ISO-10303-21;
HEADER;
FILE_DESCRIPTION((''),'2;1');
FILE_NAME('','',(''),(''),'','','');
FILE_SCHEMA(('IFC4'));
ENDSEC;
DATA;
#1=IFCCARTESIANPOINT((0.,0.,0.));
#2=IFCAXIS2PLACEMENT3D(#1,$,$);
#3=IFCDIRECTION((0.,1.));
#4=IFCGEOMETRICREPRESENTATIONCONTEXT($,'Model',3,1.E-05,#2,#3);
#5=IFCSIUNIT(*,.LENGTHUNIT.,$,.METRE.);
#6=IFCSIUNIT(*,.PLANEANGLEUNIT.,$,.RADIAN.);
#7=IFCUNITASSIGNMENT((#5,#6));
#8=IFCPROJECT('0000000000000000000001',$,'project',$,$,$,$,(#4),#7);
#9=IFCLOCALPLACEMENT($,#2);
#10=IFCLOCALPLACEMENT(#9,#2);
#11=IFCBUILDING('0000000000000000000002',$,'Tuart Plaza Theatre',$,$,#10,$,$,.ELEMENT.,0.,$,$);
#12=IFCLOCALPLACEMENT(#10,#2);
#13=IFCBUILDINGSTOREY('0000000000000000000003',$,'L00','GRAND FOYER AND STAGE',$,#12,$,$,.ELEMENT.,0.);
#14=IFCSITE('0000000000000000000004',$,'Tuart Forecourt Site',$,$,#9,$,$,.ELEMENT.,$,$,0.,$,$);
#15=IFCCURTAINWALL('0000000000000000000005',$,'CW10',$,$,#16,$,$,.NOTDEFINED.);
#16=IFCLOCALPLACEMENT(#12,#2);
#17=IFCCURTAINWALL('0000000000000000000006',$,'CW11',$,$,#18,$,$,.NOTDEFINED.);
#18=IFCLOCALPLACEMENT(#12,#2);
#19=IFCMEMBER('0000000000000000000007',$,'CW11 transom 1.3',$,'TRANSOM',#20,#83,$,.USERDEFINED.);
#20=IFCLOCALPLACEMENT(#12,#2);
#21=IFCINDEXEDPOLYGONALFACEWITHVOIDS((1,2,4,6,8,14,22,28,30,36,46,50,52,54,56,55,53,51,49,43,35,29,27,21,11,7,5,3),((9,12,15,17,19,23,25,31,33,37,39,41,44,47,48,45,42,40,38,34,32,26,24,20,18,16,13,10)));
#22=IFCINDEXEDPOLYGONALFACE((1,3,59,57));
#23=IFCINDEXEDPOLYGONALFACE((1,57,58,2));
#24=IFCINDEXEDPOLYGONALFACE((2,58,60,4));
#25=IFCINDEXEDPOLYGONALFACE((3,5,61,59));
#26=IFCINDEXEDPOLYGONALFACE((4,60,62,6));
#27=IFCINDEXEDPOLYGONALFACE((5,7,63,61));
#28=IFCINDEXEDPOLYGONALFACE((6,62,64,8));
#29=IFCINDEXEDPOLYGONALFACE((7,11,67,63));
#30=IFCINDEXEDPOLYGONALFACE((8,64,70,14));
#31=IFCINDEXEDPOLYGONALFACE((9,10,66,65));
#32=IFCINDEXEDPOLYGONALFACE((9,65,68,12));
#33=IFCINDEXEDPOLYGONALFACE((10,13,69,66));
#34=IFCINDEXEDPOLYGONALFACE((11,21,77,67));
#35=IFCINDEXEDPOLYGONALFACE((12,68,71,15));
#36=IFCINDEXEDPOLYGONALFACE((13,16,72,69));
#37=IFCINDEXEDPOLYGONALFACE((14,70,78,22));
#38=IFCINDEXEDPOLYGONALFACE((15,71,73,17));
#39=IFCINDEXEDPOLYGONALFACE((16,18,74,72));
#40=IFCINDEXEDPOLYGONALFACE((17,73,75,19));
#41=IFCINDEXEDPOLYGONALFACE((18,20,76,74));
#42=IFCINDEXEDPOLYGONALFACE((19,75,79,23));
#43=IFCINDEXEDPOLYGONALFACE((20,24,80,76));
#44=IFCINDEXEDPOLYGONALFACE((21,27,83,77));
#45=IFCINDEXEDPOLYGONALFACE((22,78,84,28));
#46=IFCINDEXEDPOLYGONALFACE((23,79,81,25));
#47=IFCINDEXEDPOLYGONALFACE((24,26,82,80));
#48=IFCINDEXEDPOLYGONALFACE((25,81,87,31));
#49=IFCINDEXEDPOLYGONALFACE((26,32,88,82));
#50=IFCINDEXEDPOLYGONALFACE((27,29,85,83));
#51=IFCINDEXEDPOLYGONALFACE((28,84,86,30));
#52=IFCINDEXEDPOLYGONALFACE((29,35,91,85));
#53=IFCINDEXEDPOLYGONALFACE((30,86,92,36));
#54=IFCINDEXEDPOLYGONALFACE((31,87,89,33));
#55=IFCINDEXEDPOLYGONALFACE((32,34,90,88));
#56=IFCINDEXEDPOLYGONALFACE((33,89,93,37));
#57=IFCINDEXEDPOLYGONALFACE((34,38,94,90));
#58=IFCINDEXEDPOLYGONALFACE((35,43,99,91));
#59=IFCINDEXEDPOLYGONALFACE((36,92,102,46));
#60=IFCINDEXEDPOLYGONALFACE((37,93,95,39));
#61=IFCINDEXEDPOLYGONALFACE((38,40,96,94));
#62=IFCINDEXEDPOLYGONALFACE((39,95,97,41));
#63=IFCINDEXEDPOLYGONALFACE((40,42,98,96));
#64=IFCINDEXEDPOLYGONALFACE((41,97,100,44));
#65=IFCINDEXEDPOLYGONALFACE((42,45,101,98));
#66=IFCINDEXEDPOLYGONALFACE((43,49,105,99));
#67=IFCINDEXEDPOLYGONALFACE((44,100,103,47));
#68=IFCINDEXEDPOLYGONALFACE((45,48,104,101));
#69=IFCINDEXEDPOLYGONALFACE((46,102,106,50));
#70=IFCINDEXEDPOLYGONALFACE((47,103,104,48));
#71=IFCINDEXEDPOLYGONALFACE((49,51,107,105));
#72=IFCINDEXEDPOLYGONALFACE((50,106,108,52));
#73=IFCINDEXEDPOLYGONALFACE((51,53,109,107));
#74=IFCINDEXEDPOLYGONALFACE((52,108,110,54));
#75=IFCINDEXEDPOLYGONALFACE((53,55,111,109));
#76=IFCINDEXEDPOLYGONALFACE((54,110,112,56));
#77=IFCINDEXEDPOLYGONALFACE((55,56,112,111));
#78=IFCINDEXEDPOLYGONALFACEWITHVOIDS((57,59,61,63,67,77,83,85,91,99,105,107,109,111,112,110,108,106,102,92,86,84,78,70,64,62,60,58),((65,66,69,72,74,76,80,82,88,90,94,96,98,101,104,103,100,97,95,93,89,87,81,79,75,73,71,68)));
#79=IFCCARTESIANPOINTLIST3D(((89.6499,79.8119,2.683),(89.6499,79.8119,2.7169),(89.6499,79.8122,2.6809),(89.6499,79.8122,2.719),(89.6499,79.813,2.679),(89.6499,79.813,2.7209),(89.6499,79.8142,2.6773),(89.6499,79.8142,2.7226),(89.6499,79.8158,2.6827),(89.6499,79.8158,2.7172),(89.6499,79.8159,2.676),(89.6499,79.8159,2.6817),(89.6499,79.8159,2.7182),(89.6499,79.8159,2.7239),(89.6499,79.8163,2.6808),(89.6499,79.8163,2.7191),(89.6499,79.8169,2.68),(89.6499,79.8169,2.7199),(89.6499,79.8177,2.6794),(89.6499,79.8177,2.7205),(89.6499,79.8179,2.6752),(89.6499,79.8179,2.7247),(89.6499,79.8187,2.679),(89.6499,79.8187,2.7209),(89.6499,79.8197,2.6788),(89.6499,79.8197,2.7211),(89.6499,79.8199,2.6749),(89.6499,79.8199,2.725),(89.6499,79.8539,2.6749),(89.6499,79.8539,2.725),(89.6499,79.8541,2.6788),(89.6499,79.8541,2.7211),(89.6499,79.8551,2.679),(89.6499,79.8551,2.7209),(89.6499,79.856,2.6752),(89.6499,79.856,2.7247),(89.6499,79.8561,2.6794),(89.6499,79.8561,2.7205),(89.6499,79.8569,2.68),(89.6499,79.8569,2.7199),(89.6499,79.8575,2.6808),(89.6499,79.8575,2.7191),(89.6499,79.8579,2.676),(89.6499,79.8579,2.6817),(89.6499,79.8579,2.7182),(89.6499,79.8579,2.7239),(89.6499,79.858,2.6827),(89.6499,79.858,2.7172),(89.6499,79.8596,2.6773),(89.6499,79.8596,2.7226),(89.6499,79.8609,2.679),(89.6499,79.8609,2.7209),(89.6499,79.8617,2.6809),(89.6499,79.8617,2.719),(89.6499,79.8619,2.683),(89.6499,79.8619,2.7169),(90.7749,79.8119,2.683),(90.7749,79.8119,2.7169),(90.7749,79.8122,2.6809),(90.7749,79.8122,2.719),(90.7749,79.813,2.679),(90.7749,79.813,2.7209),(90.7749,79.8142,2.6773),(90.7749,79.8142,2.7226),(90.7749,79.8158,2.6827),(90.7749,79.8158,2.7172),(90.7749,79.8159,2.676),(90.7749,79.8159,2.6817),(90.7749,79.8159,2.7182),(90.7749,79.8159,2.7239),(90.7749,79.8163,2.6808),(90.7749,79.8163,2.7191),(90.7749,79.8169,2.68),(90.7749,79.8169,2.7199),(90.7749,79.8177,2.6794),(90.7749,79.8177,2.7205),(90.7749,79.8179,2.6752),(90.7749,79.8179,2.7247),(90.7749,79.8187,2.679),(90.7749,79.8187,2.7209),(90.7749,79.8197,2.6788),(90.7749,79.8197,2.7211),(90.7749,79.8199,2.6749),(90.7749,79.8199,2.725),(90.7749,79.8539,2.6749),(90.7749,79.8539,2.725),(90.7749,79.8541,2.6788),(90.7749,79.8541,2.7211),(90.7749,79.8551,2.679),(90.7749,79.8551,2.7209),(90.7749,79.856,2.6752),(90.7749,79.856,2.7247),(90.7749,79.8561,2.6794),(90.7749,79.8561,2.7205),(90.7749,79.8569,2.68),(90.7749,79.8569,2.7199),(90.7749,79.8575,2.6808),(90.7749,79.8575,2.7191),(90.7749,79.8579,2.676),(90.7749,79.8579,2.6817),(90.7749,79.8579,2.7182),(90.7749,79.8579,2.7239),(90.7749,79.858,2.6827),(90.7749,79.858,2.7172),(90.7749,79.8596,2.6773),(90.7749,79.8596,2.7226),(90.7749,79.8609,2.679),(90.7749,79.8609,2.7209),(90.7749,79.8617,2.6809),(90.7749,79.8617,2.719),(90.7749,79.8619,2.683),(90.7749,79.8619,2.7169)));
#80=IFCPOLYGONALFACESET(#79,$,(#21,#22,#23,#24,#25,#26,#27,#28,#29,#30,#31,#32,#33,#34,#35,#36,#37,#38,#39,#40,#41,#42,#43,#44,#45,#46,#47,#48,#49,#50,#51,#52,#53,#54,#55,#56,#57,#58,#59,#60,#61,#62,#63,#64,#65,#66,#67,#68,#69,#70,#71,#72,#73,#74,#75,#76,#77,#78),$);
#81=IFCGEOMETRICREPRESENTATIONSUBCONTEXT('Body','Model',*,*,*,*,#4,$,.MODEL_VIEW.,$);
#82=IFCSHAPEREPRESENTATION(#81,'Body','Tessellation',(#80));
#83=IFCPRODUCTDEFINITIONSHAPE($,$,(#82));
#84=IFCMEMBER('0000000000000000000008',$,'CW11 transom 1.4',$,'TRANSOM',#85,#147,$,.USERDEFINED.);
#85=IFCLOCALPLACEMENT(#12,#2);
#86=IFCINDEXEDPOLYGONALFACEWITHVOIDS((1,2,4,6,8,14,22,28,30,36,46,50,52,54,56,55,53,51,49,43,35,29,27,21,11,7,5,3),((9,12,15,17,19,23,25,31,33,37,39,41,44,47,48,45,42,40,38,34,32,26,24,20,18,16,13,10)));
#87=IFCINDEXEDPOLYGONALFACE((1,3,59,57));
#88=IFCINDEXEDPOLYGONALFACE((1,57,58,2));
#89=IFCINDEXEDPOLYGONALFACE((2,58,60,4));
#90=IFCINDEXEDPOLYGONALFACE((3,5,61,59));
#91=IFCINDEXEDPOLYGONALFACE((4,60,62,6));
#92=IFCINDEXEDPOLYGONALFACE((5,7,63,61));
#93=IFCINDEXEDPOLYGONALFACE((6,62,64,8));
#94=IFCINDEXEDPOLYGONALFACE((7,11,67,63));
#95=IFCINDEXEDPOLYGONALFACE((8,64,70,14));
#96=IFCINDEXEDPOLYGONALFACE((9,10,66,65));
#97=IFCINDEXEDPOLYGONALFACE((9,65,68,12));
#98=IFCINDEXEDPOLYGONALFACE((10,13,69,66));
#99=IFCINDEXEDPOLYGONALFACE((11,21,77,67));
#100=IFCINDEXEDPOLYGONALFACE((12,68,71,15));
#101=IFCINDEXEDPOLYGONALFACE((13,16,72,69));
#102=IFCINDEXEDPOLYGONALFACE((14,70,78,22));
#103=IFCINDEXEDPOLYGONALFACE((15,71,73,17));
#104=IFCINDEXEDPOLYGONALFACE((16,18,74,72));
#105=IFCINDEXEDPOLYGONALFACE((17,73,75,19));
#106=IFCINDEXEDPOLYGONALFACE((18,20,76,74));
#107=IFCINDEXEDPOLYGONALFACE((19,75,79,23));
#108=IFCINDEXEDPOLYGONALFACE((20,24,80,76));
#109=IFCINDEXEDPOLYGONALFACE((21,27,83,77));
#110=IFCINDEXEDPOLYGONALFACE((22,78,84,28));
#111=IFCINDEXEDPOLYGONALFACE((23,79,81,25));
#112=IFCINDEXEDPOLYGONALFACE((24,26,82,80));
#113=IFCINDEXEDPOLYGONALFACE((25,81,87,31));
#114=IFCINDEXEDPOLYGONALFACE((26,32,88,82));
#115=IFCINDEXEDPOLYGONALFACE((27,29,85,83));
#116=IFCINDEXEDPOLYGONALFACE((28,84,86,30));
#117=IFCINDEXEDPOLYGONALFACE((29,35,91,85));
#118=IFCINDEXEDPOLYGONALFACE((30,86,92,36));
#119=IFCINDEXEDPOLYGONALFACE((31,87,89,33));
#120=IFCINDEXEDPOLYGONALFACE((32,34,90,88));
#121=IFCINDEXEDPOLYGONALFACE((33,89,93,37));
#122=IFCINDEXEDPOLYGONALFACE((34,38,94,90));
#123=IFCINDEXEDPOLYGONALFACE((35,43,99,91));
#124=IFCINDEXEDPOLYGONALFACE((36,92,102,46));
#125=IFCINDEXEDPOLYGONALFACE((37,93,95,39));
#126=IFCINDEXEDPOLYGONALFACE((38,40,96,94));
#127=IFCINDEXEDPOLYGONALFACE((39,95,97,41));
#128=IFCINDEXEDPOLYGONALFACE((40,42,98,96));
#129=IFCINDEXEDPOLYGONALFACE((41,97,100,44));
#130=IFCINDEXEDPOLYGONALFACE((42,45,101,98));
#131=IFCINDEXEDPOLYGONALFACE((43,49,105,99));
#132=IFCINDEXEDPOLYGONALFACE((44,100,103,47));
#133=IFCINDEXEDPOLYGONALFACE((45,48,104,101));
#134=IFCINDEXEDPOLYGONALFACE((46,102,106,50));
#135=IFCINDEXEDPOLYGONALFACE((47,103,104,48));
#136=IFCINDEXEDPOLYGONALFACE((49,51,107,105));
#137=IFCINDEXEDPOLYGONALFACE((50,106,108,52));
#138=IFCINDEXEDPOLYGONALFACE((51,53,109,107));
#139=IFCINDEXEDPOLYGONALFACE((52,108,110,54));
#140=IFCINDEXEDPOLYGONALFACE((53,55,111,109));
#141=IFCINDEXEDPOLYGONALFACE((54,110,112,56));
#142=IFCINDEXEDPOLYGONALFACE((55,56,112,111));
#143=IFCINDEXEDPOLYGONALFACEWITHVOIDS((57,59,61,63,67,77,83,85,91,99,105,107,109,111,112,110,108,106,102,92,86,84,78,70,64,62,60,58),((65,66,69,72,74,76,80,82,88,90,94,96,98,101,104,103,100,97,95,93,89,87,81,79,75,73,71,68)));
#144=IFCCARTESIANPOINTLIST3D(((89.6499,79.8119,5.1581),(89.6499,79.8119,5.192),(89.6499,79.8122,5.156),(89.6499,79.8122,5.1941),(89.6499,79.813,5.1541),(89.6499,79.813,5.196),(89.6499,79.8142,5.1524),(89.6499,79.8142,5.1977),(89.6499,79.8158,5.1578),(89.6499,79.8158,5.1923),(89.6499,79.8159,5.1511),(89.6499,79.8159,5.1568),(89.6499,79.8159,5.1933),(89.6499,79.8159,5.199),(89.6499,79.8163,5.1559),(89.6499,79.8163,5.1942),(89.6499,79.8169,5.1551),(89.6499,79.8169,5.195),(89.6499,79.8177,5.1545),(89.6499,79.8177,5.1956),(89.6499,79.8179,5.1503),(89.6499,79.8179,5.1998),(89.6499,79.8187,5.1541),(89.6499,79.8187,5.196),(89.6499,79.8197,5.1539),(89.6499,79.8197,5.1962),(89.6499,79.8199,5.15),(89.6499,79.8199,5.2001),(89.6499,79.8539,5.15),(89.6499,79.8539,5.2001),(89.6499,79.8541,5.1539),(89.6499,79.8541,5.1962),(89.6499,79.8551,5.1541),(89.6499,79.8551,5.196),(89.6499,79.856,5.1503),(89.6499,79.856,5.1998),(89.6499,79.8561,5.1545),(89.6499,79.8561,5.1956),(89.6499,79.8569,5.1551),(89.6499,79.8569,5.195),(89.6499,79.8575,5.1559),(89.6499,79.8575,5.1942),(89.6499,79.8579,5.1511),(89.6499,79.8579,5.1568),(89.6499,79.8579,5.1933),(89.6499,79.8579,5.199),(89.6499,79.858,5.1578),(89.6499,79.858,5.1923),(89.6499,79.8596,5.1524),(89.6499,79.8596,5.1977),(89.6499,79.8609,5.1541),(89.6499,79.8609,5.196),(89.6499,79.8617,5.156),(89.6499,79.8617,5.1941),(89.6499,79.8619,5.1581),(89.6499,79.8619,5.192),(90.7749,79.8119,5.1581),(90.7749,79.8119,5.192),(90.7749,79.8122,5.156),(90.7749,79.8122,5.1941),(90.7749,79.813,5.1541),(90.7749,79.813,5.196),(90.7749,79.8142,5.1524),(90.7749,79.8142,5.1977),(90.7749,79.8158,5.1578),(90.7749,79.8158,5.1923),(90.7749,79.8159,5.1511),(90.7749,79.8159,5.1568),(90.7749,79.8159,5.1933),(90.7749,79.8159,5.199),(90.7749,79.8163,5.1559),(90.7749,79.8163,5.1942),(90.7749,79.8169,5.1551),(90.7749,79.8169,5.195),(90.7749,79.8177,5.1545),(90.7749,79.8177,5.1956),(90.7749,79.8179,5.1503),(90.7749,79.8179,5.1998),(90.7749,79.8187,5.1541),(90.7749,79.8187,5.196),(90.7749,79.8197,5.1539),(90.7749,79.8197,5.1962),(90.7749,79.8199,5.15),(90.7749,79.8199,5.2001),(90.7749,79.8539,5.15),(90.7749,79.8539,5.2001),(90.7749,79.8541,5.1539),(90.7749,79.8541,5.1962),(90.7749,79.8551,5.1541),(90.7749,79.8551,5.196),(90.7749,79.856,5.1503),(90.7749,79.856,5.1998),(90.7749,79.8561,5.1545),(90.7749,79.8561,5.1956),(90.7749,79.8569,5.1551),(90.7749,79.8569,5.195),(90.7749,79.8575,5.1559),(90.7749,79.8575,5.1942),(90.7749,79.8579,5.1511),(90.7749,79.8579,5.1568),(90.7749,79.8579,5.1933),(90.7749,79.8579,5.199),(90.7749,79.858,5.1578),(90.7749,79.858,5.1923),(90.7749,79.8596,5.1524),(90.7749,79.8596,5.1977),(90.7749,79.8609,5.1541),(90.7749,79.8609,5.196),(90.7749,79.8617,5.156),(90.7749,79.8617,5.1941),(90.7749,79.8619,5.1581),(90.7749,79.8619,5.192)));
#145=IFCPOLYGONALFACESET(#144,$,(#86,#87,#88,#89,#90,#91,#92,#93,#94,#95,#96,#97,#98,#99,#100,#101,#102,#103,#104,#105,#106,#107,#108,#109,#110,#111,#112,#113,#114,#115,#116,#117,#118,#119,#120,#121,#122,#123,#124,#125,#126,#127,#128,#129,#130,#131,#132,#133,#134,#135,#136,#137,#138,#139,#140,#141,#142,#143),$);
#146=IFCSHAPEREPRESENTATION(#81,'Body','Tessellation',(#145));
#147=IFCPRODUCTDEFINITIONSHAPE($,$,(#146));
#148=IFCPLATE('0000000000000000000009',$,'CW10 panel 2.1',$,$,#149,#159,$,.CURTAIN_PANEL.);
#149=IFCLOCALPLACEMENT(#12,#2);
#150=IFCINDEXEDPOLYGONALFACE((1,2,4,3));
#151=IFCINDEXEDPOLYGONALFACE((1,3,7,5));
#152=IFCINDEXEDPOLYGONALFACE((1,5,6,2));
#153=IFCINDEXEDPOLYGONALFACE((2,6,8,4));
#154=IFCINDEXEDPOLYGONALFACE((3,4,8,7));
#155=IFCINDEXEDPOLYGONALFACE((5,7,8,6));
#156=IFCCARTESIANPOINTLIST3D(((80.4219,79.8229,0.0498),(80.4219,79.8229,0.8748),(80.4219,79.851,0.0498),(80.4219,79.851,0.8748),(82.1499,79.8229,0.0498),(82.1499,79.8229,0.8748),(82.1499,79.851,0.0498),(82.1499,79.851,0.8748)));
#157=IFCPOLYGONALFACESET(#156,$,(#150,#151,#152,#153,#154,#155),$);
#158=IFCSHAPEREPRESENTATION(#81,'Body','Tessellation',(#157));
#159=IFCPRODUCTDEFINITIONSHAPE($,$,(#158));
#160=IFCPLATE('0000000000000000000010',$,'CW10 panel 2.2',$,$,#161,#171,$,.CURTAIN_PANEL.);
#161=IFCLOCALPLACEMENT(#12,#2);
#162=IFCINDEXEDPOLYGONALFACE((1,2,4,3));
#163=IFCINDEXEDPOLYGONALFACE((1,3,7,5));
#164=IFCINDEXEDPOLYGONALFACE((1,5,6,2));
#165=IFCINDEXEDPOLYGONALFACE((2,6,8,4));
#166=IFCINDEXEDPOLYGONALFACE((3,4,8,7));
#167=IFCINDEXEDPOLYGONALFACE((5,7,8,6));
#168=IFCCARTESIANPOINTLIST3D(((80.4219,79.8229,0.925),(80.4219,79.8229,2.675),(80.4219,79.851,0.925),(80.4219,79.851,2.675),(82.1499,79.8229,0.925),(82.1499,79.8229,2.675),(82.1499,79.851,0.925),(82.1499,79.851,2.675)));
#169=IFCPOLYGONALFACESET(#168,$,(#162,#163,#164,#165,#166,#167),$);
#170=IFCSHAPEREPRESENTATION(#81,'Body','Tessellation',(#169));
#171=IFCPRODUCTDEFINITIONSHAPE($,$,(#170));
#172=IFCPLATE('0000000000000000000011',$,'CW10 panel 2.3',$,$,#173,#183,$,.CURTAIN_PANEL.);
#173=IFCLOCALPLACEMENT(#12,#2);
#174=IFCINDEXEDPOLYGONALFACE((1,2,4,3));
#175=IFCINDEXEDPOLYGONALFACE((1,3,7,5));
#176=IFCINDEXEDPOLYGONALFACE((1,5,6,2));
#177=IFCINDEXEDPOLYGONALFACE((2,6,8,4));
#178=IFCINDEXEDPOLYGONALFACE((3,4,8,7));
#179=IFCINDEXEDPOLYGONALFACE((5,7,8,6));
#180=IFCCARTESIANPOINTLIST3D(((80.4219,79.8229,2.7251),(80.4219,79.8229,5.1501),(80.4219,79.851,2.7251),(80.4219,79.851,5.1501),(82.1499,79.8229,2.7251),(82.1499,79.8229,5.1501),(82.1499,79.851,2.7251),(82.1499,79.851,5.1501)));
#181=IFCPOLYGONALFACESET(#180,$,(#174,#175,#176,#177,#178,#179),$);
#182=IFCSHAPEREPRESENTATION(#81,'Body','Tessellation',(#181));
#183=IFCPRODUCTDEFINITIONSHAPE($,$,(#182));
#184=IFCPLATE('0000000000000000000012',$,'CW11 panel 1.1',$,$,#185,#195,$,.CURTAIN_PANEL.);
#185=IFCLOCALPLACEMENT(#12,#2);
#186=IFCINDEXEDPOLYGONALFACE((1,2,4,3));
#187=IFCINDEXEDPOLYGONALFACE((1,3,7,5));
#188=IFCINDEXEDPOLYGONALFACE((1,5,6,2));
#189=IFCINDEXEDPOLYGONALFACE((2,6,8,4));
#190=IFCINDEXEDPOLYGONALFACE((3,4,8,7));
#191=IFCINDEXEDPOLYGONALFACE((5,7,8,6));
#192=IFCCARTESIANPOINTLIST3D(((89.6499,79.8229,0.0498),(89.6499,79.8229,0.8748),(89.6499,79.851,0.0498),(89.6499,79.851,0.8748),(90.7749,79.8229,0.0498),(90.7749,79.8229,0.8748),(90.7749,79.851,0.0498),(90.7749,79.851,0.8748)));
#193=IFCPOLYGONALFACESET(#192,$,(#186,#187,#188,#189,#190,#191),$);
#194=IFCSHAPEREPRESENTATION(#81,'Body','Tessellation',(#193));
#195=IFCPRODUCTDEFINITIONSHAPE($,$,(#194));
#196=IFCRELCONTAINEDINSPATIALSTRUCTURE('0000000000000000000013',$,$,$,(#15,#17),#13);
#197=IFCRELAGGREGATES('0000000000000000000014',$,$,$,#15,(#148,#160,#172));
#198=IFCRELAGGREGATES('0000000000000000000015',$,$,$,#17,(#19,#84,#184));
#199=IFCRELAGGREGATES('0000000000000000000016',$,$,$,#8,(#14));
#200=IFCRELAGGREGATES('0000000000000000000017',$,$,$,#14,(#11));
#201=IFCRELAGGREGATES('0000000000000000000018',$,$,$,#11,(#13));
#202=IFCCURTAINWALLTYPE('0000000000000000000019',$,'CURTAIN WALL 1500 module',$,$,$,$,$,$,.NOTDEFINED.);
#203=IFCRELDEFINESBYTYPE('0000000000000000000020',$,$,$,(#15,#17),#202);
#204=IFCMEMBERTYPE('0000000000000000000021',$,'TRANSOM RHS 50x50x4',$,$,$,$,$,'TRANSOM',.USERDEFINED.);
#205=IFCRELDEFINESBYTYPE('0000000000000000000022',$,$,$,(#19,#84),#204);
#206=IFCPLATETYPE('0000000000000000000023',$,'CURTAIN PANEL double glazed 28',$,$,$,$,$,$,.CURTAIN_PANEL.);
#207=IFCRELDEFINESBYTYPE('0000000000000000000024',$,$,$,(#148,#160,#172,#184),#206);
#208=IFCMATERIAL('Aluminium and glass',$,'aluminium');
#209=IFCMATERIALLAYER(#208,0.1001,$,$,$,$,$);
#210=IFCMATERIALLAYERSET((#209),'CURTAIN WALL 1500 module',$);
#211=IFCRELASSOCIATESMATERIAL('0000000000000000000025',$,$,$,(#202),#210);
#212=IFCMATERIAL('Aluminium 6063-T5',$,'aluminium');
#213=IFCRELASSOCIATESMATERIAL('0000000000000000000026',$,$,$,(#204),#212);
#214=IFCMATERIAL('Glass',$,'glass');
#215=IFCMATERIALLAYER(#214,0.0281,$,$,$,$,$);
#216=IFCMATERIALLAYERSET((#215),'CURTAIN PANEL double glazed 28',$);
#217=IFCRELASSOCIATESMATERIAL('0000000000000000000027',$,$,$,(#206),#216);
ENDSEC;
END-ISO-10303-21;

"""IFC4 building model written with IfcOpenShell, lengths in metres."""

from ifc_helpers import new_model, si_unit, direction, frame, origin, origin_2d, place, context, subcontext, project, spatial, rectangle, hollow_rectangle, extrude, material, layer, layer_set, material_profile, profile_set, type_object, element, aggregate, save


model = new_model("IFC4")

# Units and contexts
model_context = context("Model", 3, precision=1e-05, world=origin(), true_north=direction((0.0, 1.0)))
body_context = subcontext(model_context, "Body", "Model", "MODEL_VIEW")
ifc_project = project(units=[si_unit("LENGTHUNIT", "METRE"), si_unit("PLANEANGLEUNIT", "RADIAN")], contexts=[model_context])

# Site, building, storey
site_placement = place(None, origin())
site = spatial("IfcSite", under=ifc_project, at=site_placement, Name="Tuart Forecourt Site", CompositionType="ELEMENT", RefElevation=0.0)
building_placement = place(site_placement, origin())
building = spatial("IfcBuilding", under=site, at=building_placement, Name="Tuart Plaza Theatre", CompositionType="ELEMENT", ElevationOfRefHeight=0.0)
storey_placement = place(building_placement, origin())
storey = spatial("IfcBuildingStorey", under=building, at=storey_placement, Name="L00", Description="GRAND FOYER AND STAGE", CompositionType="ELEMENT", Elevation=0.0)

# Curtain walls, members
ifc_material_1 = material(Name="Aluminium and glass", Category="aluminium")
ifc_layer_1 = layer(ifc_material_1, 0.1001)
ifc_layer_set_1 = layer_set([ifc_layer_1], Name="CURTAIN WALL 1500 module")
curtain_wall_type = type_object("IfcCurtainWallType", Name="CURTAIN WALL 1500 module", PredefinedType="NOTDEFINED", material=ifc_layer_set_1)
curtain_wall_1_placement = place(storey_placement, origin())
curtain_wall_1 = element("IfcCurtainWall", 1, at=curtain_wall_1_placement, inside=storey, type_object=curtain_wall_type, Name="CW10", PredefinedType="NOTDEFINED")
ifc_material_2 = material(Name="Aluminium 6063-T5", Category="aluminium")
ifc_material_profile = material_profile(ifc_material_2, hollow_rectangle(XDim=0.05, YDim=0.05, WallThickness=0.0039, InnerFilletRadius=0.0039, OuterFilletRadius=0.0081, at=origin_2d()), Name="RHS 50x50x4")
ifc_profile_set = profile_set([ifc_material_profile], Name="Aluminium 6063-T5")
member_type = type_object("IfcMemberType", Name="TRANSOM RHS 50x50x4", ElementType="TRANSOM", PredefinedType="USERDEFINED", material=ifc_profile_set)
curtain_wall_2_placement = place(storey_placement, origin())
curtain_wall_2 = element("IfcCurtainWall", 2, at=curtain_wall_2_placement, inside=storey, type_object=curtain_wall_type, Name="CW11", PredefinedType="NOTDEFINED")
member_1_placement = place(storey_placement, frame((89.6499, 79.8369, 2.7), z_axis=(1.0, 0.0, 0.0), x_axis=(0.0, 1.0, 0.0)))
member_1 = element("IfcMember", 3, at=member_1_placement, type_object=member_type, Name="CW11 transom 1.3", ObjectType="TRANSOM", PredefinedType="USERDEFINED", context=body_context, shape_type="SweptSolid", body=[
    extrude(hollow_rectangle(XDim=0.05, YDim=0.05, WallThickness=0.0039, InnerFilletRadius=0.0039, OuterFilletRadius=0.0081, at=origin_2d()), origin(), (0.0, 0.0, 1.0), 1.125),
])
member_2_placement = place(storey_placement, frame((89.6499, 79.8369, 5.175), z_axis=(1.0, 0.0, 0.0), x_axis=(0.0, 1.0, 0.0)))
member_2 = element("IfcMember", 4, at=member_2_placement, type_object=member_type, Name="CW11 transom 1.4", ObjectType="TRANSOM", PredefinedType="USERDEFINED", context=body_context, shape_type="SweptSolid", body=[
    extrude(hollow_rectangle(XDim=0.05, YDim=0.05, WallThickness=0.0039, InnerFilletRadius=0.0039, OuterFilletRadius=0.0081, at=origin_2d()), origin(), (0.0, 0.0, 1.0), 1.125),
])

# Plates
ifc_material_3 = material(Name="Glass", Category="glass")
ifc_layer_2 = layer(ifc_material_3, 0.0281)
ifc_layer_set_2 = layer_set([ifc_layer_2], Name="CURTAIN PANEL double glazed 28")
plate_type = type_object("IfcPlateType", Name="CURTAIN PANEL double glazed 28", PredefinedType="CURTAIN_PANEL", material=ifc_layer_set_2)
plate_1_placement = place(storey_placement, frame((81.2859, 79.8369, 0.0498), z_axis=(0.0, 0.0, 1.0), x_axis=(1.0, 0.0, 0.0)))
plate_1 = element("IfcPlate", 5, at=plate_1_placement, type_object=plate_type, Name="CW10 panel 2.1", PredefinedType="CURTAIN_PANEL", context=body_context, shape_type="SweptSolid", body=[
    extrude(rectangle(XDim=1.728, YDim=0.0281, at=origin_2d()), origin(), (0.0, 0.0, 1.0), 0.825),
])
plate_2_placement = place(storey_placement, frame((81.2859, 79.8369, 0.925), z_axis=(0.0, 0.0, 1.0), x_axis=(1.0, 0.0, 0.0)))
plate_2 = element("IfcPlate", 6, at=plate_2_placement, type_object=plate_type, Name="CW10 panel 2.2", PredefinedType="CURTAIN_PANEL", context=body_context, shape_type="SweptSolid", body=[
    extrude(rectangle(XDim=1.728, YDim=0.0281, at=origin_2d()), origin(), (0.0, 0.0, 1.0), 1.75),
])
plate_3_placement = place(storey_placement, frame((81.2859, 79.8369, 2.7251), z_axis=(0.0, 0.0, 1.0), x_axis=(1.0, 0.0, 0.0)))
plate_3 = element("IfcPlate", 7, at=plate_3_placement, type_object=plate_type, Name="CW10 panel 2.3", PredefinedType="CURTAIN_PANEL", context=body_context, shape_type="SweptSolid", body=[
    extrude(rectangle(XDim=1.728, YDim=0.0281, at=origin_2d()), origin(), (0.0, 0.0, 1.0), 2.425),
])
aggregate(curtain_wall_1, [plate_1, plate_2, plate_3])
plate_4_placement = place(storey_placement, frame((90.2124, 79.8369, 0.0498), z_axis=(0.0, 0.0, 1.0), x_axis=(1.0, 0.0, 0.0)))
plate_4 = element("IfcPlate", 8, at=plate_4_placement, type_object=plate_type, Name="CW11 panel 1.1", PredefinedType="CURTAIN_PANEL", context=body_context, shape_type="SweptSolid", body=[
    extrude(rectangle(XDim=1.125, YDim=0.0281, at=origin_2d()), origin(), (0.0, 0.0, 1.0), 0.825),
])
aggregate(curtain_wall_2, [member_1, member_2, plate_4])

save(model, "model.ifc")
